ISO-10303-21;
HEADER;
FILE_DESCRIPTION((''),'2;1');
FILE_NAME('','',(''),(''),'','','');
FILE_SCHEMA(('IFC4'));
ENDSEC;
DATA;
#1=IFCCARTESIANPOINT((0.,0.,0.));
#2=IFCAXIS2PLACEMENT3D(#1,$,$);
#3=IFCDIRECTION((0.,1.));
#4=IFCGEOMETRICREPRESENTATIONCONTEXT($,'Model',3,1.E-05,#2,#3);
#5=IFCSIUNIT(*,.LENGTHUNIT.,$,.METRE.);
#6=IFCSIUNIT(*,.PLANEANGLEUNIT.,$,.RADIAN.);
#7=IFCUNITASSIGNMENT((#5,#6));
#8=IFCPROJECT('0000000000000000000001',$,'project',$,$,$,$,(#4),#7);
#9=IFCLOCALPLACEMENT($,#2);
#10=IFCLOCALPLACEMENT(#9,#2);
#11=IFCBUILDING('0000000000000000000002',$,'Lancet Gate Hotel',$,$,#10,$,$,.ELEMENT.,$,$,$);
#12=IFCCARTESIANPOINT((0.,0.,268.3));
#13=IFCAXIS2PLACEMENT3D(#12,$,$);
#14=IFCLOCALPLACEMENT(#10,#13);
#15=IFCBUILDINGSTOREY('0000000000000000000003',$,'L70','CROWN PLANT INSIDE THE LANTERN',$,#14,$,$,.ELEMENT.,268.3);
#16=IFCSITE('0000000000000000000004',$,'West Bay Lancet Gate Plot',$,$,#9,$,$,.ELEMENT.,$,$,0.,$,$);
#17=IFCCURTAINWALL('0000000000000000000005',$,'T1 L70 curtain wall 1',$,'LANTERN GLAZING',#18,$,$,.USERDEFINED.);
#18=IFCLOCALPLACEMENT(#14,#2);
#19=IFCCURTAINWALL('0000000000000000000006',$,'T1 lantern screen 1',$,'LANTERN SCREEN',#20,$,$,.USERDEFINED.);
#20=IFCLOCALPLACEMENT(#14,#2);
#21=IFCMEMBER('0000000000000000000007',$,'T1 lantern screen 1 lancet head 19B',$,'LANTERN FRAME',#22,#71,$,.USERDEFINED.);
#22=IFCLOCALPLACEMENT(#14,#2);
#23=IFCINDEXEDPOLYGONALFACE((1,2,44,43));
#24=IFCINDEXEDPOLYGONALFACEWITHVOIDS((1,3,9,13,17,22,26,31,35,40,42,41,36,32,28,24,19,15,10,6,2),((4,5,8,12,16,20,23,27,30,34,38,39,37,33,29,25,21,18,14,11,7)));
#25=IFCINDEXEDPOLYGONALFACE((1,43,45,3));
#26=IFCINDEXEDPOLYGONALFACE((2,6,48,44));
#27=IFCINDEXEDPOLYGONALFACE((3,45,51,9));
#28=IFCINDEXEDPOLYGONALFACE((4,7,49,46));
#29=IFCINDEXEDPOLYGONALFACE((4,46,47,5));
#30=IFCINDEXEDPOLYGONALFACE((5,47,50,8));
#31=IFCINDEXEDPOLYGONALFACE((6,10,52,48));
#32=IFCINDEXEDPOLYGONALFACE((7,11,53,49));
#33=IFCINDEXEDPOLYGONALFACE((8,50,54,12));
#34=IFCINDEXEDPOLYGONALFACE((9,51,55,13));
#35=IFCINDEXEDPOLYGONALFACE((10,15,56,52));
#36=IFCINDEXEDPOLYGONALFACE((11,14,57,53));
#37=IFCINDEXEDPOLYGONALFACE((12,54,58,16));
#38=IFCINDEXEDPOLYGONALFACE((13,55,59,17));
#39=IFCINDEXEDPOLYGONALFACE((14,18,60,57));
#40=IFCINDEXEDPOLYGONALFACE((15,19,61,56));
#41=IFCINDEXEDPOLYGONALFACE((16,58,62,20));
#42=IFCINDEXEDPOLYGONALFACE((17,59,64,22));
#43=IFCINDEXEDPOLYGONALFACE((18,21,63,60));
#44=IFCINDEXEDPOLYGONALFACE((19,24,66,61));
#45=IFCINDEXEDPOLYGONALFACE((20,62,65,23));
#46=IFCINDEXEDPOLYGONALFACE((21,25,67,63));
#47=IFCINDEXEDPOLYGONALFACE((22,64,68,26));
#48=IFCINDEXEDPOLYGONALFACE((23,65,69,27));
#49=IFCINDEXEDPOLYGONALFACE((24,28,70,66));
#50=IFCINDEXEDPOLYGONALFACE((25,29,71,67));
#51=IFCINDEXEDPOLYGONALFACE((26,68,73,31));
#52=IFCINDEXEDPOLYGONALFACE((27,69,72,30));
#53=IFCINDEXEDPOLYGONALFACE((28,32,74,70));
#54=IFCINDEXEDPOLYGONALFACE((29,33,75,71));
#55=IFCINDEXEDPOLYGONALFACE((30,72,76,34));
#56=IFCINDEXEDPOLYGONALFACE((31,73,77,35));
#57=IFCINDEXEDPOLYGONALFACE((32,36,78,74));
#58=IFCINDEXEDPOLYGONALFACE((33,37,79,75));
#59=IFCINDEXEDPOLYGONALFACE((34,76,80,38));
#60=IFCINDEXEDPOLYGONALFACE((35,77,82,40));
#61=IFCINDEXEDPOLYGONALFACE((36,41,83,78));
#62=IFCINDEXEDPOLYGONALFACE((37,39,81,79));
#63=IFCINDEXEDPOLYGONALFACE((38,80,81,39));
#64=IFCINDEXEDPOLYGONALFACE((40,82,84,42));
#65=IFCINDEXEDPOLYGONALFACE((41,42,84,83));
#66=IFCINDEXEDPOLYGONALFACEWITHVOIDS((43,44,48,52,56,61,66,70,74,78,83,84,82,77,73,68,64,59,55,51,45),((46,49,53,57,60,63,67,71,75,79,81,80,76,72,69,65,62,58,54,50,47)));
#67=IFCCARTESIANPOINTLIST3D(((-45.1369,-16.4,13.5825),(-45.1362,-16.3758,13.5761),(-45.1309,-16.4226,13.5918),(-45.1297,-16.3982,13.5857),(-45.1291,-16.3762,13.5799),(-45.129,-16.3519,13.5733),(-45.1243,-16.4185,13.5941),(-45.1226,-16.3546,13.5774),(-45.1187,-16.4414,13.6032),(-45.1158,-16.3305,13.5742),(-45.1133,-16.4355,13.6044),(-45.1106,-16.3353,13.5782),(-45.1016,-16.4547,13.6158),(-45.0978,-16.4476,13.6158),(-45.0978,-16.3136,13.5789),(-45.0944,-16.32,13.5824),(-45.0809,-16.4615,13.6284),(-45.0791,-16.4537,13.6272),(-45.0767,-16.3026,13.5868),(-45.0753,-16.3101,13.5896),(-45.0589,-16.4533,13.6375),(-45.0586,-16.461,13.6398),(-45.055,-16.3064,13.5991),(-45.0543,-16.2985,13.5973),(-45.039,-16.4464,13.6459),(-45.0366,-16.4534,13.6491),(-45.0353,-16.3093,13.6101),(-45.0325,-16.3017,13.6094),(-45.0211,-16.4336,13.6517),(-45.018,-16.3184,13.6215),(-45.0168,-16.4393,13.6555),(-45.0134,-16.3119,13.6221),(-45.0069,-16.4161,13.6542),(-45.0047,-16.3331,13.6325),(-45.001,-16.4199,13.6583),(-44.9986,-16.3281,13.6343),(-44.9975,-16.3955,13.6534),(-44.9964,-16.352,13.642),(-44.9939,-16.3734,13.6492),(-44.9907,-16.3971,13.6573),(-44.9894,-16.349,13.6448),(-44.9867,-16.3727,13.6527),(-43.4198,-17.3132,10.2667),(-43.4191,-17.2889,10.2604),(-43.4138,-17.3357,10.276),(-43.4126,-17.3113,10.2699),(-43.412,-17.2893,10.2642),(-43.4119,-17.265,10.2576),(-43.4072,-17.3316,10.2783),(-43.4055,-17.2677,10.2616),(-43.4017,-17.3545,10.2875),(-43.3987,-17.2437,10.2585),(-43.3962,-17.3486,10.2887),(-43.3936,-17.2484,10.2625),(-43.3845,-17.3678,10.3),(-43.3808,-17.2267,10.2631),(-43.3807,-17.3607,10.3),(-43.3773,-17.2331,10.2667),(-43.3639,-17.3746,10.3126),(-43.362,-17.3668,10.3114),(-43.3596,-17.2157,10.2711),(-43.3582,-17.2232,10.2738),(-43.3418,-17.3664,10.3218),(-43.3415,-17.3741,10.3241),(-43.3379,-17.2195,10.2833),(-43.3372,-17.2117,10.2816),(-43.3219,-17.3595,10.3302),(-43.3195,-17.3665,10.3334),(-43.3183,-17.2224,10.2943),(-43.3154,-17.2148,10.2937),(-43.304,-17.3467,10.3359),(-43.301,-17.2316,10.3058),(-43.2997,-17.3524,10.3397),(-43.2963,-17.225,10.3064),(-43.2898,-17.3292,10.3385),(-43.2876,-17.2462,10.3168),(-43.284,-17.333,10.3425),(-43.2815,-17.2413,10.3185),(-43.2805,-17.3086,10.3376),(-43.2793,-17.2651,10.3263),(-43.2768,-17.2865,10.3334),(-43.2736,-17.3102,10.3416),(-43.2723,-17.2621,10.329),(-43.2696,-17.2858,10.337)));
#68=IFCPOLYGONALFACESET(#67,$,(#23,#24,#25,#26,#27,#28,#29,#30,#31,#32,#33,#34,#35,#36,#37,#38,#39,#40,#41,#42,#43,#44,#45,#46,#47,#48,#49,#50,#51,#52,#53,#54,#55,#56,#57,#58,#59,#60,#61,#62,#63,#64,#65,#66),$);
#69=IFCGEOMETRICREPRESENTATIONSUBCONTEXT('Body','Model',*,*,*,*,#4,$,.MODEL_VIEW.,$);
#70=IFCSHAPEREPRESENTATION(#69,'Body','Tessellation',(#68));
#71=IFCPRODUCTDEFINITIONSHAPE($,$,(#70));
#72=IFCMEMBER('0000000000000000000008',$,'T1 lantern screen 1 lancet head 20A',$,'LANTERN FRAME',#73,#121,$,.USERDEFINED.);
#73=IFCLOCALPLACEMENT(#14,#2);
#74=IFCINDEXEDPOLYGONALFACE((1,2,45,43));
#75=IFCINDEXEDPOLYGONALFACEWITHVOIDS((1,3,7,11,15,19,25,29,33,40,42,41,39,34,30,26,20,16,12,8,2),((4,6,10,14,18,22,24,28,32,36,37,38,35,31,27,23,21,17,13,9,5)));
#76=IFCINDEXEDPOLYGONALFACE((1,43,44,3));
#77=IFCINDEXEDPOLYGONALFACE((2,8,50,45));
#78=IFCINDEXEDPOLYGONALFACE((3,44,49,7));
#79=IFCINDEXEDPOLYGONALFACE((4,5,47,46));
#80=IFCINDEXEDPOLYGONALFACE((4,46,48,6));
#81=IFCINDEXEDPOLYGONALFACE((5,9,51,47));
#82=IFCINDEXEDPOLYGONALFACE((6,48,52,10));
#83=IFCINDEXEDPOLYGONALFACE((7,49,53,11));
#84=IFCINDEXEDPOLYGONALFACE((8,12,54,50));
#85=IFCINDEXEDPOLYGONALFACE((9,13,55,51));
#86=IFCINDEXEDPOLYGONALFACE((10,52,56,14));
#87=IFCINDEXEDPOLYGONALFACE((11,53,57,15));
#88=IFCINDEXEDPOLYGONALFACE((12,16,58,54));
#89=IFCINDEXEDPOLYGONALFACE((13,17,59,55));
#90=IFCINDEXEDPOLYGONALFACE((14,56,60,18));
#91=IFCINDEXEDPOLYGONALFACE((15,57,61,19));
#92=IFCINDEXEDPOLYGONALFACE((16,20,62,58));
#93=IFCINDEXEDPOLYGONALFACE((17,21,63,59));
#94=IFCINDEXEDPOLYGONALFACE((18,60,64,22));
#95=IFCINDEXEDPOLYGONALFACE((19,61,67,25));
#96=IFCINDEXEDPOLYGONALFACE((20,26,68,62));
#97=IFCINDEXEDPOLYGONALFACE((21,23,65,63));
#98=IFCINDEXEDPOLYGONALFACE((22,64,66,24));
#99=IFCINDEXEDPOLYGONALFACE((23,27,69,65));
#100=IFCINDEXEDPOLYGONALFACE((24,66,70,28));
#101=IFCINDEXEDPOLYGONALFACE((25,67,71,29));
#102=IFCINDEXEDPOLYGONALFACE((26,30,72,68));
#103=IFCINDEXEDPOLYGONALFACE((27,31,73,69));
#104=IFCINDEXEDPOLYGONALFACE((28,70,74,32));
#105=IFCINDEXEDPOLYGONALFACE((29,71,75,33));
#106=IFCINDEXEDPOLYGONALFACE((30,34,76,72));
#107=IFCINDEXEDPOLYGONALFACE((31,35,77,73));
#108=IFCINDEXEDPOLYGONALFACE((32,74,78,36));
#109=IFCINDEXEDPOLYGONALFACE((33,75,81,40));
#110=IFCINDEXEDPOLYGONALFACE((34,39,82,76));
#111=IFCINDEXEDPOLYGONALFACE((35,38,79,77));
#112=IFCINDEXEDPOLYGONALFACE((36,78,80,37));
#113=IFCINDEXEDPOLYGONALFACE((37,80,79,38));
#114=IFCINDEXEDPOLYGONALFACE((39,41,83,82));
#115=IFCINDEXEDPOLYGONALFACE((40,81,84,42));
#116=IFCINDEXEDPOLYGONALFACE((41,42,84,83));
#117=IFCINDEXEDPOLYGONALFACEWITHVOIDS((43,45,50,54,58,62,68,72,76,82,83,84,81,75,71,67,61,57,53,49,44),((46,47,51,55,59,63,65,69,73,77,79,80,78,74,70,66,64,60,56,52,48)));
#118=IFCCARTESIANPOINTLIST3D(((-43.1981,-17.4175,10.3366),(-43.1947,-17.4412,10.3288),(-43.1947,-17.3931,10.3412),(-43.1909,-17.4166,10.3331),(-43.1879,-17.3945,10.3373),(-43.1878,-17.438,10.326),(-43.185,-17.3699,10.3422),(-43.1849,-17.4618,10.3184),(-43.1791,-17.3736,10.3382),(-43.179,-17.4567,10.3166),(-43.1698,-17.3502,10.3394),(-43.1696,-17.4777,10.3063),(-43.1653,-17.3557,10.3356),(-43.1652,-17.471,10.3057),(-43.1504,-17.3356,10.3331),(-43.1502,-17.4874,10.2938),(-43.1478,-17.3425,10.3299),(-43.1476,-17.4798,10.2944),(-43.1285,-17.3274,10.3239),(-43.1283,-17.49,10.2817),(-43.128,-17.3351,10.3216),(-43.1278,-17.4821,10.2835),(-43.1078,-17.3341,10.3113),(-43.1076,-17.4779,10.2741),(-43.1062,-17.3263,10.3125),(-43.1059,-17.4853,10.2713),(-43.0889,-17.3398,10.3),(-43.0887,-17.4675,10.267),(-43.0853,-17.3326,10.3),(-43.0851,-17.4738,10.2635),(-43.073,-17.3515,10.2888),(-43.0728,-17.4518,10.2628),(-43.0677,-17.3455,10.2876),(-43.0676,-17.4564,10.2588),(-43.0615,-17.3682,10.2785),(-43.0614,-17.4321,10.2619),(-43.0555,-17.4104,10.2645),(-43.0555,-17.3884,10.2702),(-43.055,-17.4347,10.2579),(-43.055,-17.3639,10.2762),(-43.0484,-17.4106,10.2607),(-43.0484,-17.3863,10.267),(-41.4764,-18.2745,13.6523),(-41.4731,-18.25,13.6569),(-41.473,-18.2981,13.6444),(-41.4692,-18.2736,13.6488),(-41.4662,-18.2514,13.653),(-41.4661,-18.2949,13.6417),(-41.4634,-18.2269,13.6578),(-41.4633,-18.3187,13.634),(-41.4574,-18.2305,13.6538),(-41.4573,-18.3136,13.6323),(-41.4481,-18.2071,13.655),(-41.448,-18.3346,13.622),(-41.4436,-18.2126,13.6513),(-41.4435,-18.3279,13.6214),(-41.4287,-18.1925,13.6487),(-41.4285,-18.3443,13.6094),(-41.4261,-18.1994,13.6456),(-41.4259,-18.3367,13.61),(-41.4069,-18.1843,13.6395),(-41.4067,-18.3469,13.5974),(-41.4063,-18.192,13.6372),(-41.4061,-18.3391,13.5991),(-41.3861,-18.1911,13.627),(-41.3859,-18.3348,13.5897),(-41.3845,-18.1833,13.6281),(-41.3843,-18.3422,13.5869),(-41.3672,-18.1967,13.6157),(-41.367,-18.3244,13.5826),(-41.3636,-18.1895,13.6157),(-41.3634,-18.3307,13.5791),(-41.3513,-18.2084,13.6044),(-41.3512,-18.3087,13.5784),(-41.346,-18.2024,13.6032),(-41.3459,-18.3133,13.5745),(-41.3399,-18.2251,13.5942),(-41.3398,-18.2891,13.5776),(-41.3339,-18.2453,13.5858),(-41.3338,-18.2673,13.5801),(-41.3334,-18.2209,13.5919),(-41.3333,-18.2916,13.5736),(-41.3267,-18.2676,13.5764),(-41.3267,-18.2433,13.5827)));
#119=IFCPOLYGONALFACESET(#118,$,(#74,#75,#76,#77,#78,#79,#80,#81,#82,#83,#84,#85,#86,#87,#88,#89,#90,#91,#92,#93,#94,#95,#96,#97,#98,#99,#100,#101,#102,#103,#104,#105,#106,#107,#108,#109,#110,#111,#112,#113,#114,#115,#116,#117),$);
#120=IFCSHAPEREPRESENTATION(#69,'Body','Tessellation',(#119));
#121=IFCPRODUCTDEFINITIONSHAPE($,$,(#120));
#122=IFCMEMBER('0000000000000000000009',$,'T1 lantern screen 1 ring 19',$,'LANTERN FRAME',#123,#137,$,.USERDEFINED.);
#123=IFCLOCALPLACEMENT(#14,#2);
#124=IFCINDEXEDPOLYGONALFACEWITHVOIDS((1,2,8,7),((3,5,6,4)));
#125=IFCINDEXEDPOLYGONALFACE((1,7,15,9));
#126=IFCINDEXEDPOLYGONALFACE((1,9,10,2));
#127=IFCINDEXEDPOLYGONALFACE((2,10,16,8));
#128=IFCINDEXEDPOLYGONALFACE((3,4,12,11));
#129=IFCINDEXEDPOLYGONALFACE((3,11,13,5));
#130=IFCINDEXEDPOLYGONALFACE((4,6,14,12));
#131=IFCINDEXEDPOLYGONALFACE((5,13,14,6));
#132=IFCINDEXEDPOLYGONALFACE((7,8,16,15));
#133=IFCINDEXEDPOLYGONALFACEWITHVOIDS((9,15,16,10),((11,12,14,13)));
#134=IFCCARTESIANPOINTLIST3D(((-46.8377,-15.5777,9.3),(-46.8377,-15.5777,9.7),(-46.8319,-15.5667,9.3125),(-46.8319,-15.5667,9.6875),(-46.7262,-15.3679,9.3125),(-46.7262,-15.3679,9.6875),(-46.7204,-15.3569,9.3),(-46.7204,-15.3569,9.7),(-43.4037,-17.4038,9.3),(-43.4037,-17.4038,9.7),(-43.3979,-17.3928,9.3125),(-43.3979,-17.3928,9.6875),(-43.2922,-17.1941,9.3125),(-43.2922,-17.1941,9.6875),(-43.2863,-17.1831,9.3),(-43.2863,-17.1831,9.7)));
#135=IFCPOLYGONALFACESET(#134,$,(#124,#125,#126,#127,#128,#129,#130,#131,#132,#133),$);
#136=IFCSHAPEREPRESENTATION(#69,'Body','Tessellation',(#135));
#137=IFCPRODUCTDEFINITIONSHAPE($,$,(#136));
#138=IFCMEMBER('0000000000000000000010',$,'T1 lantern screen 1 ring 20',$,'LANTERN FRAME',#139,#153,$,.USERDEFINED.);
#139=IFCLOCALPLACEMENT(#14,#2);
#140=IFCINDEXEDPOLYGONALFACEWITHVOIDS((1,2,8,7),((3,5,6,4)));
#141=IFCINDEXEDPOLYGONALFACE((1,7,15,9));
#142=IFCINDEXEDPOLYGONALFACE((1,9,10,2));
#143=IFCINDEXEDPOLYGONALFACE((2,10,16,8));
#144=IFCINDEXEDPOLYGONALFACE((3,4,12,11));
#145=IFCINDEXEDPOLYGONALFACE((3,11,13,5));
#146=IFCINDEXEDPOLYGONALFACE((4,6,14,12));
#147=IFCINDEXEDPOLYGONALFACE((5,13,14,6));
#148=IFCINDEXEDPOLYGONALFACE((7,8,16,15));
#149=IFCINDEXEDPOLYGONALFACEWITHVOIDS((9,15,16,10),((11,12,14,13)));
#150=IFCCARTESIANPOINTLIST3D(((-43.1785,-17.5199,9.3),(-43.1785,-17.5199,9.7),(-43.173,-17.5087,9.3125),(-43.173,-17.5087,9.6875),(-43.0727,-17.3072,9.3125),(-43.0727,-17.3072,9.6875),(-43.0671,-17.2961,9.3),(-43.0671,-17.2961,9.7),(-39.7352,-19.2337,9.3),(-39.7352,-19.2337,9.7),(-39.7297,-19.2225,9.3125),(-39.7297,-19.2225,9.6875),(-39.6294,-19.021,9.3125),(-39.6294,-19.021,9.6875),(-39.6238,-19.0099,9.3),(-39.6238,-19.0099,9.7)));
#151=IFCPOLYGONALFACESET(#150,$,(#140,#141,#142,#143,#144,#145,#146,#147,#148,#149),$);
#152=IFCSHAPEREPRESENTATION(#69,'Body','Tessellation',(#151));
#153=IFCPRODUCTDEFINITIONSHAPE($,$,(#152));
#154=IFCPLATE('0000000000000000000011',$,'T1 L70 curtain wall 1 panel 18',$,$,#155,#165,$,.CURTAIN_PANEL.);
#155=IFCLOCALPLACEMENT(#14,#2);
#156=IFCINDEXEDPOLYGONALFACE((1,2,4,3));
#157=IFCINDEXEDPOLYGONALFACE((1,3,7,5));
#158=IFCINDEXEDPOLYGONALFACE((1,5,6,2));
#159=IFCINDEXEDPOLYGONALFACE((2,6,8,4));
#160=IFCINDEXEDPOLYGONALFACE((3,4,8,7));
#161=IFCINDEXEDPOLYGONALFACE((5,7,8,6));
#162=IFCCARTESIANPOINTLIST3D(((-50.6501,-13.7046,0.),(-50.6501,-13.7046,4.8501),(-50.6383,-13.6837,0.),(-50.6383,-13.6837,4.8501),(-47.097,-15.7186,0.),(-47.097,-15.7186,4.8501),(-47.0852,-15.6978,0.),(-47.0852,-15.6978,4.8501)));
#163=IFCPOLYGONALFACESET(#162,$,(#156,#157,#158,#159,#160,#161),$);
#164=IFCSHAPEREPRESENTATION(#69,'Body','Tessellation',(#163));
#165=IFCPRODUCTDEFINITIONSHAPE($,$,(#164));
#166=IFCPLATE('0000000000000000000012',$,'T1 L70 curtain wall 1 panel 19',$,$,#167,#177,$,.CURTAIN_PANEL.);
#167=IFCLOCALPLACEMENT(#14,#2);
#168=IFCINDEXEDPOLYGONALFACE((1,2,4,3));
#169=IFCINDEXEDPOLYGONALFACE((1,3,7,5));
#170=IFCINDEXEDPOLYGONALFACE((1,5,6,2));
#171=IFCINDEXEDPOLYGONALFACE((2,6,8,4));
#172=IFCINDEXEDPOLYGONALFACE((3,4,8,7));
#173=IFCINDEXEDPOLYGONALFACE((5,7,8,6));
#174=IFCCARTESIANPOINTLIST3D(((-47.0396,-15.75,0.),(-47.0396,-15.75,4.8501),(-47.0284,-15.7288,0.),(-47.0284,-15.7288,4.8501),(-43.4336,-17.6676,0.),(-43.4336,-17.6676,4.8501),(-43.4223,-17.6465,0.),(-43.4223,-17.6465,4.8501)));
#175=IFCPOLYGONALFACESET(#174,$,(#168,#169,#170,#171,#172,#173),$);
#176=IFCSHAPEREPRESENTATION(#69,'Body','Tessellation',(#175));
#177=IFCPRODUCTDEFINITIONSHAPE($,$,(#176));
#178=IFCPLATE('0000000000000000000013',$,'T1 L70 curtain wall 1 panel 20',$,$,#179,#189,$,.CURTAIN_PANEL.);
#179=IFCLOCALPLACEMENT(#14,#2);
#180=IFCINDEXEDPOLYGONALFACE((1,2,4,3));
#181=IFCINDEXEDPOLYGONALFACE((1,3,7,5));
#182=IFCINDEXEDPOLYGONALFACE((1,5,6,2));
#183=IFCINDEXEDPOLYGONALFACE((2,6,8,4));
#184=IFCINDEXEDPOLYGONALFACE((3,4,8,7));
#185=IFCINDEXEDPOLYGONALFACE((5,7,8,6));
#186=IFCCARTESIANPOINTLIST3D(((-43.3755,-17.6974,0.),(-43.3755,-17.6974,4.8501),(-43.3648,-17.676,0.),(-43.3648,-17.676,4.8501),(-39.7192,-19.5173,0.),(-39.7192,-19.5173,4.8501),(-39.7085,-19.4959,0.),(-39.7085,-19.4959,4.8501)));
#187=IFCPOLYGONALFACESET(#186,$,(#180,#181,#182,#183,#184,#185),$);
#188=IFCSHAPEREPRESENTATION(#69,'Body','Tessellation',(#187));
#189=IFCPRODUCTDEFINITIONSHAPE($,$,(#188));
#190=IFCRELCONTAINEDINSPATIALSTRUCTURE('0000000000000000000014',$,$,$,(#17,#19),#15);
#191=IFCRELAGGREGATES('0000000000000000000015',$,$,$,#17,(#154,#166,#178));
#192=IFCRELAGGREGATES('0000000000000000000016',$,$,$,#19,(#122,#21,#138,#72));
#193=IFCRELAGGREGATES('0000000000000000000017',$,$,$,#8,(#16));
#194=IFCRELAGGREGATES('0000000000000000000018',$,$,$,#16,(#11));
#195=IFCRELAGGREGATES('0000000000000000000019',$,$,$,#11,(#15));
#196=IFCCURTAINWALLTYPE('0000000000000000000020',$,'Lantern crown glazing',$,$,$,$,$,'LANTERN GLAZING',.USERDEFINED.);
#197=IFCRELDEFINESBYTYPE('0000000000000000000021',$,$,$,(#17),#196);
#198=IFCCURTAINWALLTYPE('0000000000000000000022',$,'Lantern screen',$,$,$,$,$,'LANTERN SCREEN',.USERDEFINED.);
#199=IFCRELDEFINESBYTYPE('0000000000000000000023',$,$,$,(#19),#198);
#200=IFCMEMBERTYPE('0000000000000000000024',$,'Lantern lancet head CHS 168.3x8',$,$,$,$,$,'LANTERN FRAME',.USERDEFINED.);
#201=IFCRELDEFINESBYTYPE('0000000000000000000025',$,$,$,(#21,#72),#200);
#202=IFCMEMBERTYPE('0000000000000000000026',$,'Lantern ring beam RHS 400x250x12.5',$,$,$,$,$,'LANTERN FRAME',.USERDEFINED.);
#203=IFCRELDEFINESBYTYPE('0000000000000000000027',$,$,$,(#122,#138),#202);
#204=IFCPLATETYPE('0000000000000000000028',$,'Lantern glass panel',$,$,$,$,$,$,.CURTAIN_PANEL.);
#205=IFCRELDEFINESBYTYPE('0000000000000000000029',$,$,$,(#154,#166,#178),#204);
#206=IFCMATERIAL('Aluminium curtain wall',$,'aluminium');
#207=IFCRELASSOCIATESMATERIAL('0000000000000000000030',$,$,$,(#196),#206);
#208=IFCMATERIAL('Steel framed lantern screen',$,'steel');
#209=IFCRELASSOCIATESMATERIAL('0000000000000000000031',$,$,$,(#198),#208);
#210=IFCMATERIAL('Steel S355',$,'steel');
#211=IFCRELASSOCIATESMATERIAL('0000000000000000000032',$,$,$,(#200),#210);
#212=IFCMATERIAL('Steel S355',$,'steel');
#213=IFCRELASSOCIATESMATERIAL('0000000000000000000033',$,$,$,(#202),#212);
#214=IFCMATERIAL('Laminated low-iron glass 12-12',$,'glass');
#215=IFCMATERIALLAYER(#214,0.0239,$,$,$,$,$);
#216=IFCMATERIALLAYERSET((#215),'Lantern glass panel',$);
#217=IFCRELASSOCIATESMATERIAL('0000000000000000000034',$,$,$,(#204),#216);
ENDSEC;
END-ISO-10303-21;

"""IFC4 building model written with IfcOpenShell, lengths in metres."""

from ifc_helpers import new_model, si_unit, direction, frame, origin, origin_2d, place, context, subcontext, project, spatial, rectangle, hollow_rectangle, hollow_circle, extrude, material, layer, layer_set, material_profile, profile_set, type_object, element, aggregate, save


model = new_model("IFC4")

# Units and contexts
model_context = context("Model", 3, precision=1e-05, world=origin(), true_north=direction((0.0, 1.0)))
body_context = subcontext(model_context, "Body", "Model", "MODEL_VIEW")
ifc_project = project(units=[si_unit("LENGTHUNIT", "METRE"), si_unit("PLANEANGLEUNIT", "RADIAN")], contexts=[model_context])

# Site, building, storey
site_placement = place(None, origin())
site = spatial("IfcSite", under=ifc_project, at=site_placement, Name="West Bay Lancet Gate Plot", CompositionType="ELEMENT", RefElevation=0.0)
building_placement = place(site_placement, origin())
building = spatial("IfcBuilding", under=site, at=building_placement, Name="Lancet Gate Hotel", CompositionType="ELEMENT")
storey_placement = place(building_placement, frame((0.0, 0.0, 268.3)))
storey = spatial("IfcBuildingStorey", under=building, at=storey_placement, Name="L70", Description="CROWN PLANT INSIDE THE LANTERN", CompositionType="ELEMENT", Elevation=268.3)

# Curtain wall
ifc_material_1 = material(Name="Aluminium curtain wall", Category="aluminium")
curtain_wall_type_1 = type_object("IfcCurtainWallType", Name="Lantern crown glazing", ElementType="LANTERN GLAZING", PredefinedType="USERDEFINED", material=ifc_material_1)
curtain_wall_1_placement = place(storey_placement, origin())
curtain_wall_1 = element("IfcCurtainWall", 1, at=curtain_wall_1_placement, inside=storey, type_object=curtain_wall_type_1, Name="T1 L70 curtain wall 1", ObjectType="LANTERN GLAZING", PredefinedType="USERDEFINED")

# Curtain wall, members
ifc_material_2 = material(Name="Steel framed lantern screen", Category="steel")
curtain_wall_type_2 = type_object("IfcCurtainWallType", Name="Lantern screen", ElementType="LANTERN SCREEN", PredefinedType="USERDEFINED", material=ifc_material_2)
curtain_wall_2_placement = place(storey_placement, origin())
curtain_wall_2 = element("IfcCurtainWall", 2, at=curtain_wall_2_placement, inside=storey, type_object=curtain_wall_type_2, Name="T1 lantern screen 1", ObjectType="LANTERN SCREEN", PredefinedType="USERDEFINED")
ifc_material_3 = material(Name="Steel S355", Category="steel")
ifc_material_profile_1 = material_profile(ifc_material_3, hollow_circle(Radius=0.0842, WallThickness=0.0081, at=origin_2d()), Name="CHS 168.3x8.0")
ifc_profile_set_1 = profile_set([ifc_material_profile_1], Name="Steel S355")
member_type_1 = type_object("IfcMemberType", Name="Lantern lancet head CHS 168.3x8", ElementType="LANTERN FRAME", PredefinedType="USERDEFINED", material=ifc_profile_set_1)
member_1_placement = place(storey_placement, frame((-43.345, -17.2935, 10.3), z_axis=(-0.446691, 0.237541, 0.862578), x_axis=(-0.469519, -0.882922, 0.0)))
member_1 = element("IfcMember", 3, at=member_1_placement, type_object=member_type_1, Name="T1 lantern screen 1 lancet head 19B", ObjectType="LANTERN FRAME", PredefinedType="USERDEFINED", context=body_context, shape_type="SweptSolid", body=[
    extrude(hollow_circle(Radius=0.0842, WallThickness=0.0081, at=origin_2d()), origin(), (0.0, 0.0, 1.0), 3.844),
])
member_2_placement = place(storey_placement, frame((-43.1228, -17.408, 10.3), z_axis=(0.449168, -0.223565, 0.865024), x_axis=(0.445588, 0.895238, 0.0)))
member_2 = element("IfcMember", 4, at=member_2_placement, type_object=member_type_1, Name="T1 lantern screen 1 lancet head 20A", ObjectType="LANTERN FRAME", PredefinedType="USERDEFINED", context=body_context, shape_type="SweptSolid", body=[
    extrude(hollow_circle(Radius=0.0842, WallThickness=0.0081, at=origin_2d()), origin(), (0.0, 0.0, 1.0), 3.833),
])
ifc_material_4 = material(Name="Steel S355", Category="steel")
ifc_material_profile_2 = material_profile(ifc_material_4, hollow_rectangle(XDim=0.25, YDim=0.3999, WallThickness=0.0125, at=origin_2d()), Name="RHS 400x250x12.5")
ifc_profile_set_2 = profile_set([ifc_material_profile_2], Name="Steel S355")
member_type_2 = type_object("IfcMemberType", Name="Lantern ring beam RHS 400x250x12.5", ElementType="LANTERN FRAME", PredefinedType="USERDEFINED", material=ifc_profile_set_2)
member_3_placement = place(storey_placement, frame((-46.7791, -15.4673, 9.5), z_axis=(0.882922, -0.469519, 0.0), x_axis=(0.469519, 0.882922, 0.0)))
member_3 = element("IfcMember", 5, at=member_3_placement, type_object=member_type_2, Name="T1 lantern screen 1 ring 19", ObjectType="LANTERN FRAME", PredefinedType="USERDEFINED", context=body_context, shape_type="SweptSolid", body=[
    extrude(hollow_rectangle(XDim=0.25, YDim=0.3999, WallThickness=0.0125, at=origin_2d()), origin(), (0.0, 0.0, 1.0), 3.8894),
])
member_4_placement = place(storey_placement, frame((-43.1228, -17.408, 9.5), z_axis=(0.895238, -0.445588, 0.0), x_axis=(0.445588, 0.895238, 0.0)))
member_4 = element("IfcMember", 6, at=member_4_placement, type_object=member_type_2, Name="T1 lantern screen 1 ring 20", ObjectType="LANTERN FRAME", PredefinedType="USERDEFINED", context=body_context, shape_type="SweptSolid", body=[
    extrude(hollow_rectangle(XDim=0.25, YDim=0.3999, WallThickness=0.0125, at=origin_2d()), origin(), (0.0, 0.0, 1.0), 3.8462),
])

# Plates
ifc_material_5 = material(Name="Laminated low-iron glass 12-12", Category="glass")
ifc_layer_1 = layer(ifc_material_5, 0.0239)
ifc_layer_set_1 = layer_set([ifc_layer_1], Name="Lantern glass panel")
plate_type_1 = type_object("IfcPlateType", Name="Lantern glass panel", PredefinedType="CURTAIN_PANEL", material=ifc_layer_set_1)
plate_1_placement = place(storey_placement, frame((-48.8677, -14.7012, 0.0), z_axis=(0.0, 0.0, 1.0), x_axis=(0.869958, -0.493126, 0.0)))
plate_1 = element("IfcPlate", 7, at=plate_1_placement, type_object=plate_type_1, Name="T1 L70 curtain wall 1 panel 18", PredefinedType="CURTAIN_PANEL", context=body_context, shape_type="SweptSolid", body=[
    extrude(rectangle(XDim=4.0842, YDim=0.0239, at=origin_2d()), origin(), (0.0, 0.0, 1.0), 4.8501),
])
plate_2_placement = place(storey_placement, frame((-45.231, -16.6982, 0.0), z_axis=(0.0, 0.0, 1.0), x_axis=(0.882916, -0.469531, 0.0)))
plate_2 = element("IfcPlate", 8, at=plate_2_placement, type_object=plate_type_1, Name="T1 L70 curtain wall 1 panel 19", PredefinedType="CURTAIN_PANEL", context=body_context, shape_type="SweptSolid", body=[
    extrude(rectangle(XDim=4.0842, YDim=0.0239, at=origin_2d()), origin(), (0.0, 0.0, 1.0), 4.8501),
])
plate_3_placement = place(storey_placement, frame((-41.542, -18.5967, 0.0), z_axis=(0.0, 0.0, 1.0), x_axis=(0.895234, -0.445596, 0.0)))
plate_3 = element("IfcPlate", 9, at=plate_3_placement, type_object=plate_type_1, Name="T1 L70 curtain wall 1 panel 20", PredefinedType="CURTAIN_PANEL", context=body_context, shape_type="SweptSolid", body=[
    extrude(rectangle(XDim=4.0842, YDim=0.0239, at=origin_2d()), origin(), (0.0, 0.0, 1.0), 4.8501),
])
aggregate(curtain_wall_1, [plate_1, plate_2, plate_3])
aggregate(curtain_wall_2, [member_3, member_1, member_4, member_2])

save(model, "model.ifc")
